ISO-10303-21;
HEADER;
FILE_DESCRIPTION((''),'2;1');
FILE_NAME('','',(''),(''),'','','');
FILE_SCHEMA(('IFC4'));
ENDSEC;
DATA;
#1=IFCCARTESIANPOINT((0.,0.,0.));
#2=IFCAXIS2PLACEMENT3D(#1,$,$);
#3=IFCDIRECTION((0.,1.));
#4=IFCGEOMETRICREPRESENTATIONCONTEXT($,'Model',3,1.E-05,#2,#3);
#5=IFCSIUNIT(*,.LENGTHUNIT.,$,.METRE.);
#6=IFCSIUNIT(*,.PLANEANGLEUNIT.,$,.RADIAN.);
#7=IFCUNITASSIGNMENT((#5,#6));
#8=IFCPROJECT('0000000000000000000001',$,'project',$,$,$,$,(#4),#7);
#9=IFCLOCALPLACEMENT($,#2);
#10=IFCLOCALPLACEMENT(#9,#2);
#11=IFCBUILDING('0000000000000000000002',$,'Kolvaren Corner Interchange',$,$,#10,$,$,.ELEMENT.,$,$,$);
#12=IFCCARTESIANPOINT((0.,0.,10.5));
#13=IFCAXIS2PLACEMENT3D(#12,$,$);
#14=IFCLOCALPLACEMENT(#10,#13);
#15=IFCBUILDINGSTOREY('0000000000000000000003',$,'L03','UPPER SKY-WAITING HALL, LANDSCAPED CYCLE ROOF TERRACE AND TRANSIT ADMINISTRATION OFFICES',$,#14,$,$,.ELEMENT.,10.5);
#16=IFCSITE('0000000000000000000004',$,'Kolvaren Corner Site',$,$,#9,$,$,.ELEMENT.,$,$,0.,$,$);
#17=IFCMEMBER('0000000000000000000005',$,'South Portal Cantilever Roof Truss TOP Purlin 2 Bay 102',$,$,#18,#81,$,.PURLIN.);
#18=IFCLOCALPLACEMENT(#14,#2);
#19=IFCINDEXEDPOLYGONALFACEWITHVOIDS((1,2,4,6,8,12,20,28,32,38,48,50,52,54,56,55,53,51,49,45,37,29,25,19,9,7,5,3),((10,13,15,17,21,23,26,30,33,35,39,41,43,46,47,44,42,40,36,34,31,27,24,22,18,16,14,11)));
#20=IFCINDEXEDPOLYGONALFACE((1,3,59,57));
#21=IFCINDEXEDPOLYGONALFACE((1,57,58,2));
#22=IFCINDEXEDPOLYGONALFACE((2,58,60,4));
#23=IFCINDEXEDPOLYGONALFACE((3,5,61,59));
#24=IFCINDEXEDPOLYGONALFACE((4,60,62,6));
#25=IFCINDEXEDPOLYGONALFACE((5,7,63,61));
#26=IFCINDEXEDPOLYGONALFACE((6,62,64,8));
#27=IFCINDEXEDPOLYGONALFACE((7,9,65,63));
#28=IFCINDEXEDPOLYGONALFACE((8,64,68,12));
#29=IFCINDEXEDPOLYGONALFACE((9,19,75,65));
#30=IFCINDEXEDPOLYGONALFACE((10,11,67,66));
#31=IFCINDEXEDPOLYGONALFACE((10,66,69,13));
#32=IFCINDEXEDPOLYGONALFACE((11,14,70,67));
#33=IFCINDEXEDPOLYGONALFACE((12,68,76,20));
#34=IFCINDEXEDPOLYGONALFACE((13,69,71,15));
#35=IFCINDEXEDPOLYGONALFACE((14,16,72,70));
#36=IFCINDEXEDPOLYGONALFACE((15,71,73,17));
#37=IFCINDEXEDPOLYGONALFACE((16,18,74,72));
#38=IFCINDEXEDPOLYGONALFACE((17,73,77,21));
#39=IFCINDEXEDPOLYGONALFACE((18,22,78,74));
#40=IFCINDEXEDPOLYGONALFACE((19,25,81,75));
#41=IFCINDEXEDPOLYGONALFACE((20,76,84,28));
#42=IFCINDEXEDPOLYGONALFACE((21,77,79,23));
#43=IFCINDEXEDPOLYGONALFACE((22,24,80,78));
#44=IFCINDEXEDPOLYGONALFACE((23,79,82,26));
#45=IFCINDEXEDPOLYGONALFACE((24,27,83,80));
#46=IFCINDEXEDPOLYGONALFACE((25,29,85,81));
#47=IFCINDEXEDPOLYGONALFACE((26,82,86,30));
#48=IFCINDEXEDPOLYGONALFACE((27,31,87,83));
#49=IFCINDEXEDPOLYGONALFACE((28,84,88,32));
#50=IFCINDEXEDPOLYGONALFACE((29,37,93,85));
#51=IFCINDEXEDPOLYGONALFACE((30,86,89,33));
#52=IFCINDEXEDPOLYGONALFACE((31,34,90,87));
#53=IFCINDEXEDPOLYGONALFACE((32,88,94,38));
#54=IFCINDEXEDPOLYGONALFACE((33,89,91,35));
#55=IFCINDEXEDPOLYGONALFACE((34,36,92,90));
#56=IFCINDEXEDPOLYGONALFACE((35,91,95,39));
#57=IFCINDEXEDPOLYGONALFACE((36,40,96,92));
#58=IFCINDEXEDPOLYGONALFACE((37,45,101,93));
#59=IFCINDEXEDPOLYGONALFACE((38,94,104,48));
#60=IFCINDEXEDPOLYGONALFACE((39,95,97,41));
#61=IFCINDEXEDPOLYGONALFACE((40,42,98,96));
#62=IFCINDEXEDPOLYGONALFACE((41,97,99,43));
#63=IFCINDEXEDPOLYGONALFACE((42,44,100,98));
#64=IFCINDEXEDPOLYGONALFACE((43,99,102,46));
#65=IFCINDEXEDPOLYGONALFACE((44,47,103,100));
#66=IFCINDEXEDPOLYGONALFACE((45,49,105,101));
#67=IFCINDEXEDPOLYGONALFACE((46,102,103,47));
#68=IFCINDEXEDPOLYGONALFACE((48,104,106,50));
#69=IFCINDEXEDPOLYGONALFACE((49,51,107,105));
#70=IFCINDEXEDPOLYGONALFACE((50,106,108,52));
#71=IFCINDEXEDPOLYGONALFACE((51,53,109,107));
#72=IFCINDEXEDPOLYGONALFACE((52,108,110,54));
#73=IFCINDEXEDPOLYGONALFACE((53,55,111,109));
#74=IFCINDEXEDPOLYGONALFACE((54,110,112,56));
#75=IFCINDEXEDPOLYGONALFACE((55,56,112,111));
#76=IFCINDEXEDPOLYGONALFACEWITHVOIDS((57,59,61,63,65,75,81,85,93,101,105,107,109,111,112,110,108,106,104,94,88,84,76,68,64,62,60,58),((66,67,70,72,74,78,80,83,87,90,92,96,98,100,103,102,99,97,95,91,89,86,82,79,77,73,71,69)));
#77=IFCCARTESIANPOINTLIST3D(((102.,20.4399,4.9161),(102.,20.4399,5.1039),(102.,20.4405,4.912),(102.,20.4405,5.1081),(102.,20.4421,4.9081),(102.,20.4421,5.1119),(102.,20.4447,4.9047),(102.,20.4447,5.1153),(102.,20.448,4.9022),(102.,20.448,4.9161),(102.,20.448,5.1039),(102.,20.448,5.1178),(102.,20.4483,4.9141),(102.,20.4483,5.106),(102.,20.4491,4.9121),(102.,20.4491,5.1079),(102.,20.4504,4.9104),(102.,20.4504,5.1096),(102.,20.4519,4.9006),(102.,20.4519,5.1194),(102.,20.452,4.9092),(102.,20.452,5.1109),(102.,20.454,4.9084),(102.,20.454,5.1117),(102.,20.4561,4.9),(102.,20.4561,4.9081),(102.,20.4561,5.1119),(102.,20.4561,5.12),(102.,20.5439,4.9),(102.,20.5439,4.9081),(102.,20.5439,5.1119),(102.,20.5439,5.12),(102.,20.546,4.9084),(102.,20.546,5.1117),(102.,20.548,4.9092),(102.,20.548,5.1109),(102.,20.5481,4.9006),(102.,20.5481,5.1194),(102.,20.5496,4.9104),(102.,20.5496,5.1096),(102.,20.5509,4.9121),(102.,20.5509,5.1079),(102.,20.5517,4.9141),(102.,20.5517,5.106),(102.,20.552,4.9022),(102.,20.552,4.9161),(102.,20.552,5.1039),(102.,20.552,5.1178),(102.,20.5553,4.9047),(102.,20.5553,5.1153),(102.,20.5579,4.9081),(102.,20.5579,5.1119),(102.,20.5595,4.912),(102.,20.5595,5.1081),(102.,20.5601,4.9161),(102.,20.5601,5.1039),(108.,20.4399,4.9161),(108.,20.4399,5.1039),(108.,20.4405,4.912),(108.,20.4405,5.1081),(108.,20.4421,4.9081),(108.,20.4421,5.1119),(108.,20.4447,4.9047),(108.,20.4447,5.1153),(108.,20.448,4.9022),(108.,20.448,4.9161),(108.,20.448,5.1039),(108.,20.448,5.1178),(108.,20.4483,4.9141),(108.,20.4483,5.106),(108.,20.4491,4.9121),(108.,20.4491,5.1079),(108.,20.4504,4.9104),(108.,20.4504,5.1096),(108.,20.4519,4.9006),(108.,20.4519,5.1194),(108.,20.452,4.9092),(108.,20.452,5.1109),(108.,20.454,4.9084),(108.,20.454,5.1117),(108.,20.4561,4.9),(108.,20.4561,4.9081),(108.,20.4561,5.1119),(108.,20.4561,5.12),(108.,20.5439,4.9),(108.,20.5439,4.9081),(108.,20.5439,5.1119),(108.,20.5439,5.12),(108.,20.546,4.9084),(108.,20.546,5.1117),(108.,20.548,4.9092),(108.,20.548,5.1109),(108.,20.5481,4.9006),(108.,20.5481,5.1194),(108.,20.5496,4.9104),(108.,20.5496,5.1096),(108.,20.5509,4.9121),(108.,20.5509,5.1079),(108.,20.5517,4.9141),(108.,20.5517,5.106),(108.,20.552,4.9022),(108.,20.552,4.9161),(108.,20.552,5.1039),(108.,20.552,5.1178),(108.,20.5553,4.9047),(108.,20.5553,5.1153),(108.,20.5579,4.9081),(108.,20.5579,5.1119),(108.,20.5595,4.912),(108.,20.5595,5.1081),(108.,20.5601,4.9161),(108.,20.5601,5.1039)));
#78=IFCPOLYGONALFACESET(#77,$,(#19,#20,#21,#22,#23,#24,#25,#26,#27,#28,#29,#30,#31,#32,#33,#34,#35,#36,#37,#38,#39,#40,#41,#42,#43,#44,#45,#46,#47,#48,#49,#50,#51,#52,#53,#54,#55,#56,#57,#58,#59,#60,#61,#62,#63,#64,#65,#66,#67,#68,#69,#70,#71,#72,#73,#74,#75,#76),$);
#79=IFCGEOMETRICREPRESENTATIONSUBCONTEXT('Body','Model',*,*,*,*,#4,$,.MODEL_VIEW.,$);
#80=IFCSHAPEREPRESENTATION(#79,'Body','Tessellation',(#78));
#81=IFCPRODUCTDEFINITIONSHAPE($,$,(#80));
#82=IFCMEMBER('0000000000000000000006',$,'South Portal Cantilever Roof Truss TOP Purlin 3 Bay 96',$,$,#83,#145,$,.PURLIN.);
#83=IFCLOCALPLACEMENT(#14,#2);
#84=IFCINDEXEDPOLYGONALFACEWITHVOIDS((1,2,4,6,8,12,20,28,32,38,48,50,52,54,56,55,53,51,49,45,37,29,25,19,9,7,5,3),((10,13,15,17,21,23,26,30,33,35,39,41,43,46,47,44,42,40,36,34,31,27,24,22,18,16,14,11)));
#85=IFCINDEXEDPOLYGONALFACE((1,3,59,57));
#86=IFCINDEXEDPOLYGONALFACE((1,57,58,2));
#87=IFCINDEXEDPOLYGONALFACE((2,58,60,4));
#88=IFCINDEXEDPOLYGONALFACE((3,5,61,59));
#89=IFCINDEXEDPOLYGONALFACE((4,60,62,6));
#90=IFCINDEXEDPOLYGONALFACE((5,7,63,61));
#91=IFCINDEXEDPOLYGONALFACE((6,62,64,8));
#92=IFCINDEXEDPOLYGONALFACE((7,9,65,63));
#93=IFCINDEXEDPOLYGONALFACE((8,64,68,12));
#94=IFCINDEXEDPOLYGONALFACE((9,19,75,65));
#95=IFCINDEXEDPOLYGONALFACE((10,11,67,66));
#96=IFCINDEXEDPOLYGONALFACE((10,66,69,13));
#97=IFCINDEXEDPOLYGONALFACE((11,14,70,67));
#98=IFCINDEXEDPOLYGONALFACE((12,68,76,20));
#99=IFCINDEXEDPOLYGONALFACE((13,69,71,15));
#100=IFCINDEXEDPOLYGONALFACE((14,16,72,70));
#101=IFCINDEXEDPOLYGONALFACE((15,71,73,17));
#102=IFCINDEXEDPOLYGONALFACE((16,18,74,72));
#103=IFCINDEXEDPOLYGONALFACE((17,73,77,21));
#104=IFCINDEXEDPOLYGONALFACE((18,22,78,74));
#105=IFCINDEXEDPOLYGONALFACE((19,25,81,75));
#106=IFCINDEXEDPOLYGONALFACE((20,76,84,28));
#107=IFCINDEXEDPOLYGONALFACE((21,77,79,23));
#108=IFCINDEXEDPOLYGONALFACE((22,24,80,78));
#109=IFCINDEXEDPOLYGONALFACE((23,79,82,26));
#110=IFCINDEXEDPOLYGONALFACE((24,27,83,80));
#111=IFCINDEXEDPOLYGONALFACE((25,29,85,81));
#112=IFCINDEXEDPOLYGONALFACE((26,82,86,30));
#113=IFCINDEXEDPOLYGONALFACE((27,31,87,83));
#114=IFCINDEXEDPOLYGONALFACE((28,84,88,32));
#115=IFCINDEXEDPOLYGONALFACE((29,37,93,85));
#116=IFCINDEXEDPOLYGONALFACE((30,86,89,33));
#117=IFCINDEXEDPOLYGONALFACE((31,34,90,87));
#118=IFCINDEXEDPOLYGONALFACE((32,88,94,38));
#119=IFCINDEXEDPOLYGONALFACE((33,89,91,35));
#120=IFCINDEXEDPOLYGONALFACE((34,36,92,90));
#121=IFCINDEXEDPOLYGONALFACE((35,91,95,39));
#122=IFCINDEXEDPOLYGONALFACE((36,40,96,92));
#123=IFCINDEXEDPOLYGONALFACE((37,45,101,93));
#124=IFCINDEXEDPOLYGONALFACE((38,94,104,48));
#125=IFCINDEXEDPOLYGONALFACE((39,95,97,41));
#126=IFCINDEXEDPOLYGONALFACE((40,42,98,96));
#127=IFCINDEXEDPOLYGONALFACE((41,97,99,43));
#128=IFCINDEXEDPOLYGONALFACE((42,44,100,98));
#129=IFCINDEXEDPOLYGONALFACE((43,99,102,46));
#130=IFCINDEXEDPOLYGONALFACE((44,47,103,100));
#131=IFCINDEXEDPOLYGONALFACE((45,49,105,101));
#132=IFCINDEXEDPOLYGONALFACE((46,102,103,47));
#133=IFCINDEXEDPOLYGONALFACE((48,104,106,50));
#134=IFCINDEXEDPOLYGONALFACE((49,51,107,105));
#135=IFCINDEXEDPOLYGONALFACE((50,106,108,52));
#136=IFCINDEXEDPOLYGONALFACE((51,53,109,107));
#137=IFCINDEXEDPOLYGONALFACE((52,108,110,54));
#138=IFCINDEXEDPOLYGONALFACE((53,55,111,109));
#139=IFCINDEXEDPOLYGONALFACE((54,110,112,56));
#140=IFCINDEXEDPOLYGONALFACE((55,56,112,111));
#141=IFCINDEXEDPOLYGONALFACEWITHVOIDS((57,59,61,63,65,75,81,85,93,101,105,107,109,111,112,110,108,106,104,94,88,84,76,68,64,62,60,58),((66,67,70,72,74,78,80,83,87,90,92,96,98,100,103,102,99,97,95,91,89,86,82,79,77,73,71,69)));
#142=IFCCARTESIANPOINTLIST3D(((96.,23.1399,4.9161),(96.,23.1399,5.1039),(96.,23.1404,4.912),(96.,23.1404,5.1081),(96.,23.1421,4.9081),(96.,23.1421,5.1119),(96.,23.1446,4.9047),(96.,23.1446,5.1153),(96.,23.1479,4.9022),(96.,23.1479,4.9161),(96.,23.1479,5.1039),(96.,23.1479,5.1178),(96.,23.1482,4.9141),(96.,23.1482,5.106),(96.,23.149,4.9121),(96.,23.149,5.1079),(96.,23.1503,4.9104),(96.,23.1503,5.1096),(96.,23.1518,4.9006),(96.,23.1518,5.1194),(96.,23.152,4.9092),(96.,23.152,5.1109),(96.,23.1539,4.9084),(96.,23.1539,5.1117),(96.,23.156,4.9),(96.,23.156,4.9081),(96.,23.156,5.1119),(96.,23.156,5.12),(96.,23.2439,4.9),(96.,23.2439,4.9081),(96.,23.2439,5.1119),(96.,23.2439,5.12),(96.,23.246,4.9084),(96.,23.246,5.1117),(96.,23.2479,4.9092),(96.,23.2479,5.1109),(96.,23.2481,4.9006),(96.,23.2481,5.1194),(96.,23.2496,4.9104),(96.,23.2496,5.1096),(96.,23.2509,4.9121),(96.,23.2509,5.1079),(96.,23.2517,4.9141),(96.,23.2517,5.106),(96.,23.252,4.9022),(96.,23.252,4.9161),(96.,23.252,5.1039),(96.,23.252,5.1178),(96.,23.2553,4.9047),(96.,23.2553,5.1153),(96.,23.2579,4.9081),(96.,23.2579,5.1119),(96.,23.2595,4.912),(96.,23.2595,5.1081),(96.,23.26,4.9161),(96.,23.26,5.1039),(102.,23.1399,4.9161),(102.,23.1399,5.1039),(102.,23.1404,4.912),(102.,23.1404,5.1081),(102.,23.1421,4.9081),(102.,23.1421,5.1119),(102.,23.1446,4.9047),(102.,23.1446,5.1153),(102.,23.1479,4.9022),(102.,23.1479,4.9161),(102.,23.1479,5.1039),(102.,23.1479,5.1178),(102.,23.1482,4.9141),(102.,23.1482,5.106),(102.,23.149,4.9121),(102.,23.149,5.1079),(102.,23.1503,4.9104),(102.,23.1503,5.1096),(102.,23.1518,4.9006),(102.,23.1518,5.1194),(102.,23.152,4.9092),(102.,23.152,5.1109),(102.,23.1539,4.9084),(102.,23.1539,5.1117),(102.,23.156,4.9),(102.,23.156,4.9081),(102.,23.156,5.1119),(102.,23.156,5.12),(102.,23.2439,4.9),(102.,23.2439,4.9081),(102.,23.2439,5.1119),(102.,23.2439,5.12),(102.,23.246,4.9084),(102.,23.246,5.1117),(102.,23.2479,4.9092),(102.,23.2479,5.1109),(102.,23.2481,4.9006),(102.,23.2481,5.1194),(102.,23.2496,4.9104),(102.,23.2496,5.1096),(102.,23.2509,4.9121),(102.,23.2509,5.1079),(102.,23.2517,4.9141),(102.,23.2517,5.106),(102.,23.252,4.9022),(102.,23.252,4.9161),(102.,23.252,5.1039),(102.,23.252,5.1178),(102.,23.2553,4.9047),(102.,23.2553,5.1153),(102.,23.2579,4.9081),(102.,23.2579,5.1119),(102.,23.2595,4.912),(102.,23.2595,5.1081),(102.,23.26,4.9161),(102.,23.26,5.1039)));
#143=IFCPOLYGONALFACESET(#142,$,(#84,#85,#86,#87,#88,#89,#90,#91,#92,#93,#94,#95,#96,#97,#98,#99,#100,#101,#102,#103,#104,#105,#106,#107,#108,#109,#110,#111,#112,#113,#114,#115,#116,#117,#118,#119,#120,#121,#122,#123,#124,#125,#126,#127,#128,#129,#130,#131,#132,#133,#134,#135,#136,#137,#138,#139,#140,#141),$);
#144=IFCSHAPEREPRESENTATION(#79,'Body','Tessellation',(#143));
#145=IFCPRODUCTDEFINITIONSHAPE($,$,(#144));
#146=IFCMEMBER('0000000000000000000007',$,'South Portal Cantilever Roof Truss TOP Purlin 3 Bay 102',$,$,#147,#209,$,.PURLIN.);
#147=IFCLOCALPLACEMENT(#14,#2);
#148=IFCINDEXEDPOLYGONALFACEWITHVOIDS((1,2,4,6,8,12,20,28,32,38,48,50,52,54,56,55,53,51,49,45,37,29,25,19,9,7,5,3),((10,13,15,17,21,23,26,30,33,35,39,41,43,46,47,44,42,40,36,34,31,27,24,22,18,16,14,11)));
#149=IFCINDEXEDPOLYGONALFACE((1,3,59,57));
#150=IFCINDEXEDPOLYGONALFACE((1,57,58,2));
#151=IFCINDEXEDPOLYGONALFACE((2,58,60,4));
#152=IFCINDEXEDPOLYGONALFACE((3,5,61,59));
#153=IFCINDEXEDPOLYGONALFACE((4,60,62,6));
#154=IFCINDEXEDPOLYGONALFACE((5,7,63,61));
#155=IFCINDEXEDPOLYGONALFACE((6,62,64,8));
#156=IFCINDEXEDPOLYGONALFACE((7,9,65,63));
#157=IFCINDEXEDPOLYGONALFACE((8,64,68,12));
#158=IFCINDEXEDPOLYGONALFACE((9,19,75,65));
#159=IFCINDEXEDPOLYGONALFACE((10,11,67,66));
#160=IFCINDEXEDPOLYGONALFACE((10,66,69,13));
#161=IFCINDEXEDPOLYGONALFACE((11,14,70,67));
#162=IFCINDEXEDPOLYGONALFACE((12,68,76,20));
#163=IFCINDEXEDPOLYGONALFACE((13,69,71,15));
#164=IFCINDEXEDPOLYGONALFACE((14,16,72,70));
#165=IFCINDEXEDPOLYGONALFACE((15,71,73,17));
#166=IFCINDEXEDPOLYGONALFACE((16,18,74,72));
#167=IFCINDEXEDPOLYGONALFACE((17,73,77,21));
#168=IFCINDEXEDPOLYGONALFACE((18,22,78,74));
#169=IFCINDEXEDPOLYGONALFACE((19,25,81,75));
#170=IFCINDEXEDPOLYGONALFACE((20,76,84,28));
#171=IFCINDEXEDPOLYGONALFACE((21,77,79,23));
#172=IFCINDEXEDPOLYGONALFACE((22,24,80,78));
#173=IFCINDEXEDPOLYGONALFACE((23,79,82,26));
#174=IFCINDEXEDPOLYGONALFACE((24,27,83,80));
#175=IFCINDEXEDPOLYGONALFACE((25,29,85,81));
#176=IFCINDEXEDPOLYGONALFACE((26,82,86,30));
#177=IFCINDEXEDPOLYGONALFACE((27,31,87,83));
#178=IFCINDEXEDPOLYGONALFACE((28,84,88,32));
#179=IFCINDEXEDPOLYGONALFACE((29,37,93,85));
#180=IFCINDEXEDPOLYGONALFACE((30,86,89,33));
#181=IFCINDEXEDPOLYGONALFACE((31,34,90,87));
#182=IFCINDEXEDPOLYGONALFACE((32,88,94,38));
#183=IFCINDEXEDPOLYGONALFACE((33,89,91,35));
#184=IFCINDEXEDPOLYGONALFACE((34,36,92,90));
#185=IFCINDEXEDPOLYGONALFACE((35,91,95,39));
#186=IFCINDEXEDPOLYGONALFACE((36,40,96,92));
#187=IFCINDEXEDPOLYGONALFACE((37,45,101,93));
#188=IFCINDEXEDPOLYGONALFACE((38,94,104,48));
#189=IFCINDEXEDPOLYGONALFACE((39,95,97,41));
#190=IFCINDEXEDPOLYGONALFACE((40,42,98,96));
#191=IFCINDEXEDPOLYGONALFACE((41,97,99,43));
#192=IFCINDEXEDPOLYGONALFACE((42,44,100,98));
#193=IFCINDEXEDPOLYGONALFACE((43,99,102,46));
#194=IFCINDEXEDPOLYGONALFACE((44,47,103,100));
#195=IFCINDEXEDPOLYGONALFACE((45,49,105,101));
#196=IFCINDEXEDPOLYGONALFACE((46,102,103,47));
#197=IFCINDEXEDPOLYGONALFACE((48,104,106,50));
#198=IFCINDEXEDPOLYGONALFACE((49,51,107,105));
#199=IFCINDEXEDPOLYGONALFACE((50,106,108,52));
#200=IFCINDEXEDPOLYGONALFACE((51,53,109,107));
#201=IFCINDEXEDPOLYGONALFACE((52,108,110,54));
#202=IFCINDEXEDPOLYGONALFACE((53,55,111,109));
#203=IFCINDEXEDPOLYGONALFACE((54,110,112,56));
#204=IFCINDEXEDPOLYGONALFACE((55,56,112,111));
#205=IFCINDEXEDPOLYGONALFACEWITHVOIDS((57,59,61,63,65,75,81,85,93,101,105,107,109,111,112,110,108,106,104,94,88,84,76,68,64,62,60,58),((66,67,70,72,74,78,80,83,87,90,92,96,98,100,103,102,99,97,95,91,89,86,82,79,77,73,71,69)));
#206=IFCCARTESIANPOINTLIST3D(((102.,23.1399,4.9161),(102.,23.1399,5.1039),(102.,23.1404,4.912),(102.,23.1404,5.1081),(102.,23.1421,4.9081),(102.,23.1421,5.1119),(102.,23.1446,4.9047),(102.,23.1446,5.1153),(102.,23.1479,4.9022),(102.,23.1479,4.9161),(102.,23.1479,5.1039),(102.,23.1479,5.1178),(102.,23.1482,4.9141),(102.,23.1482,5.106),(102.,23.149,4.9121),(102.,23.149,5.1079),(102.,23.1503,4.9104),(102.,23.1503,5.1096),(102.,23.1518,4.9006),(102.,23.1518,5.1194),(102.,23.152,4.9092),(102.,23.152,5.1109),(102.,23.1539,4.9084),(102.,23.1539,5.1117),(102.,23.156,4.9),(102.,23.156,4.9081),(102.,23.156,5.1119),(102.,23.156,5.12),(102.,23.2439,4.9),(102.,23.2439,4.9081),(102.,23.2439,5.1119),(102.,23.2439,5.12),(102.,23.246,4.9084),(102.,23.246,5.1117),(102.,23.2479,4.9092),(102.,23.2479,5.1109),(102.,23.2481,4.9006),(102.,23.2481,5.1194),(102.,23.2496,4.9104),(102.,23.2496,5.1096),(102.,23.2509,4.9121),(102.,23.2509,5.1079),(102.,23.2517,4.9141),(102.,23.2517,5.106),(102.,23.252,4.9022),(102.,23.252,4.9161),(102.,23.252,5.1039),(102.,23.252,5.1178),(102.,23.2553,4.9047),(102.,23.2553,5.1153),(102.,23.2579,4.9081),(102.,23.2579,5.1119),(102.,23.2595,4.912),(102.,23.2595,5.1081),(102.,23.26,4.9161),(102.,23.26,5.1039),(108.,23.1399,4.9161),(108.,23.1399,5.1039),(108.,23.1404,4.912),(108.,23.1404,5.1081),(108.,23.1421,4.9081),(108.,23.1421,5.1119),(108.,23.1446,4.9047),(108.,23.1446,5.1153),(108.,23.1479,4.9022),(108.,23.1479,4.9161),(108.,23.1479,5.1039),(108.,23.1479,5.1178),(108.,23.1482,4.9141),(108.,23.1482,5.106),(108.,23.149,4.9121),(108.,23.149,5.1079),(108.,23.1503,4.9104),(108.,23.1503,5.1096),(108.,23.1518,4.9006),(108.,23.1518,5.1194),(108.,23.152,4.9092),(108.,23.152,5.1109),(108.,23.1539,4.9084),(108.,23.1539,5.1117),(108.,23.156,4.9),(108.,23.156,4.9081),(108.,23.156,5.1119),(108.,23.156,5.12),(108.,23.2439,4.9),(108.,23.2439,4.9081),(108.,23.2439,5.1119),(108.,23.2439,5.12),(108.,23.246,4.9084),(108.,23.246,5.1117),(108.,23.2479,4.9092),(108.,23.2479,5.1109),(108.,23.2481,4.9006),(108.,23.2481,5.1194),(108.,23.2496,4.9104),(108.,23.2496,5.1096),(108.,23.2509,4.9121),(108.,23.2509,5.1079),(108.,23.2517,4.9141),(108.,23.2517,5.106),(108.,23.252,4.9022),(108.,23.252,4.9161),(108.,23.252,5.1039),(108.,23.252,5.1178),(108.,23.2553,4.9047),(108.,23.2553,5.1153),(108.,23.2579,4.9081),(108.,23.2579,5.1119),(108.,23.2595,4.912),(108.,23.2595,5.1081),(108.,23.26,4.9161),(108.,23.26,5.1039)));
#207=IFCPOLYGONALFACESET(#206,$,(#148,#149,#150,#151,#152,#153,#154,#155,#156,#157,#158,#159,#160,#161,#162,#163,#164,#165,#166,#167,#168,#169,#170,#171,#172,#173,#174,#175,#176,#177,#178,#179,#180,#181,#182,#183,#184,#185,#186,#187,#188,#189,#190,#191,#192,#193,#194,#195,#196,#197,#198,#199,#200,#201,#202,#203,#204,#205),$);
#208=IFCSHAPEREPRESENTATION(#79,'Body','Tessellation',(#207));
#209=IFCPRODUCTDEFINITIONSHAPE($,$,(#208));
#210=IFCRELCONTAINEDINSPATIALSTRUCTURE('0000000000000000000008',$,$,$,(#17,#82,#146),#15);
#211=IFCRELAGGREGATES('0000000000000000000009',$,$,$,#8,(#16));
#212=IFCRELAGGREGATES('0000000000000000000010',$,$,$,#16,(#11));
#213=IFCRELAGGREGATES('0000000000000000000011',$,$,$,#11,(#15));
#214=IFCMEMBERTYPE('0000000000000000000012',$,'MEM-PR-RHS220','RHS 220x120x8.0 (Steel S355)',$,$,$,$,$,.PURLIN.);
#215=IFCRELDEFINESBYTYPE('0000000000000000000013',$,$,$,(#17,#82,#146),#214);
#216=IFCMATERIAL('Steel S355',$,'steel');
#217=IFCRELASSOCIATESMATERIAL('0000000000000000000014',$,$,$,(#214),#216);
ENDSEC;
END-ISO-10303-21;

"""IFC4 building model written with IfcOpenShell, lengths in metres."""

from ifc_helpers import new_model, si_unit, direction, frame, origin, origin_2d, place, context, subcontext, project, spatial, hollow_rectangle, extrude, material, material_profile, profile_set, type_object, element, save


model = new_model("IFC4")

# Units and contexts
model_context = context("Model", 3, precision=1e-05, world=origin(), true_north=direction((0.0, 1.0)))
body_context = subcontext(model_context, "Body", "Model", "MODEL_VIEW")
ifc_project = project(units=[si_unit("LENGTHUNIT", "METRE"), si_unit("PLANEANGLEUNIT", "RADIAN")], contexts=[model_context])

# Site, building, storey
site_placement = place(None, origin())
site = spatial("IfcSite", under=ifc_project, at=site_placement, Name="Kolvaren Corner Site", CompositionType="ELEMENT", RefElevation=0.0)
building_placement = place(site_placement, origin())
building = spatial("IfcBuilding", under=site, at=building_placement, Name="Kolvaren Corner Interchange", CompositionType="ELEMENT")
storey_placement = place(building_placement, frame((0.0, 0.0, 10.5)))
storey = spatial("IfcBuildingStorey", under=building, at=storey_placement, Name="L03", Description="UPPER SKY-WAITING HALL, LANDSCAPED CYCLE ROOF TERRACE AND TRANSIT ADMINISTRATION OFFICES", CompositionType="ELEMENT", Elevation=10.5)

# Members
ifc_material_1 = material(Name="Steel S355", Category="steel")
ifc_material_profile_1 = material_profile(ifc_material_1, hollow_rectangle(XDim=0.1201, YDim=0.22, WallThickness=0.0081, InnerFilletRadius=0.0081, OuterFilletRadius=0.0161, at=origin_2d()), Name="RHS 220x120x8.0")
ifc_profile_set_1 = profile_set([ifc_material_profile_1], Name="Steel S355")
member_type_1 = type_object("IfcMemberType", Name="MEM-PR-RHS220", Description="RHS 220x120x8.0 (Steel S355)", PredefinedType="PURLIN", material=ifc_profile_set_1)
for number, where, z_axis, x_axis, name in (
    (1, (102.0, 20.5, 5.01), (1.0, 0.0, 0.0), (0.0, 1.0, 0.0), "South Portal Cantilever Roof Truss TOP Purlin 2 Bay 102"),
    (2, (96.0, 23.2, 5.01), (1.0, 0.0, 0.0), (0.0, 1.0, 0.0), "South Portal Cantilever Roof Truss TOP Purlin 3 Bay 96"),
    (3, (102.0, 23.2, 5.01), (1.0, 0.0, 0.0), (0.0, 1.0, 0.0), "South Portal Cantilever Roof Truss TOP Purlin 3 Bay 102"),
):
    element("IfcMember", number, at=place(storey_placement, frame(where, z_axis=z_axis, x_axis=x_axis)), inside=storey, type_object=member_type_1, Name=name, PredefinedType="PURLIN", context=body_context, shape_type="SweptSolid", body=[
        extrude(hollow_rectangle(XDim=0.1201, YDim=0.22, WallThickness=0.0081, InnerFilletRadius=0.0081, OuterFilletRadius=0.0161, at=origin_2d()), origin(), (0.0, 0.0, 1.0), 6.0),
    ])

save(model, "model.ifc")
